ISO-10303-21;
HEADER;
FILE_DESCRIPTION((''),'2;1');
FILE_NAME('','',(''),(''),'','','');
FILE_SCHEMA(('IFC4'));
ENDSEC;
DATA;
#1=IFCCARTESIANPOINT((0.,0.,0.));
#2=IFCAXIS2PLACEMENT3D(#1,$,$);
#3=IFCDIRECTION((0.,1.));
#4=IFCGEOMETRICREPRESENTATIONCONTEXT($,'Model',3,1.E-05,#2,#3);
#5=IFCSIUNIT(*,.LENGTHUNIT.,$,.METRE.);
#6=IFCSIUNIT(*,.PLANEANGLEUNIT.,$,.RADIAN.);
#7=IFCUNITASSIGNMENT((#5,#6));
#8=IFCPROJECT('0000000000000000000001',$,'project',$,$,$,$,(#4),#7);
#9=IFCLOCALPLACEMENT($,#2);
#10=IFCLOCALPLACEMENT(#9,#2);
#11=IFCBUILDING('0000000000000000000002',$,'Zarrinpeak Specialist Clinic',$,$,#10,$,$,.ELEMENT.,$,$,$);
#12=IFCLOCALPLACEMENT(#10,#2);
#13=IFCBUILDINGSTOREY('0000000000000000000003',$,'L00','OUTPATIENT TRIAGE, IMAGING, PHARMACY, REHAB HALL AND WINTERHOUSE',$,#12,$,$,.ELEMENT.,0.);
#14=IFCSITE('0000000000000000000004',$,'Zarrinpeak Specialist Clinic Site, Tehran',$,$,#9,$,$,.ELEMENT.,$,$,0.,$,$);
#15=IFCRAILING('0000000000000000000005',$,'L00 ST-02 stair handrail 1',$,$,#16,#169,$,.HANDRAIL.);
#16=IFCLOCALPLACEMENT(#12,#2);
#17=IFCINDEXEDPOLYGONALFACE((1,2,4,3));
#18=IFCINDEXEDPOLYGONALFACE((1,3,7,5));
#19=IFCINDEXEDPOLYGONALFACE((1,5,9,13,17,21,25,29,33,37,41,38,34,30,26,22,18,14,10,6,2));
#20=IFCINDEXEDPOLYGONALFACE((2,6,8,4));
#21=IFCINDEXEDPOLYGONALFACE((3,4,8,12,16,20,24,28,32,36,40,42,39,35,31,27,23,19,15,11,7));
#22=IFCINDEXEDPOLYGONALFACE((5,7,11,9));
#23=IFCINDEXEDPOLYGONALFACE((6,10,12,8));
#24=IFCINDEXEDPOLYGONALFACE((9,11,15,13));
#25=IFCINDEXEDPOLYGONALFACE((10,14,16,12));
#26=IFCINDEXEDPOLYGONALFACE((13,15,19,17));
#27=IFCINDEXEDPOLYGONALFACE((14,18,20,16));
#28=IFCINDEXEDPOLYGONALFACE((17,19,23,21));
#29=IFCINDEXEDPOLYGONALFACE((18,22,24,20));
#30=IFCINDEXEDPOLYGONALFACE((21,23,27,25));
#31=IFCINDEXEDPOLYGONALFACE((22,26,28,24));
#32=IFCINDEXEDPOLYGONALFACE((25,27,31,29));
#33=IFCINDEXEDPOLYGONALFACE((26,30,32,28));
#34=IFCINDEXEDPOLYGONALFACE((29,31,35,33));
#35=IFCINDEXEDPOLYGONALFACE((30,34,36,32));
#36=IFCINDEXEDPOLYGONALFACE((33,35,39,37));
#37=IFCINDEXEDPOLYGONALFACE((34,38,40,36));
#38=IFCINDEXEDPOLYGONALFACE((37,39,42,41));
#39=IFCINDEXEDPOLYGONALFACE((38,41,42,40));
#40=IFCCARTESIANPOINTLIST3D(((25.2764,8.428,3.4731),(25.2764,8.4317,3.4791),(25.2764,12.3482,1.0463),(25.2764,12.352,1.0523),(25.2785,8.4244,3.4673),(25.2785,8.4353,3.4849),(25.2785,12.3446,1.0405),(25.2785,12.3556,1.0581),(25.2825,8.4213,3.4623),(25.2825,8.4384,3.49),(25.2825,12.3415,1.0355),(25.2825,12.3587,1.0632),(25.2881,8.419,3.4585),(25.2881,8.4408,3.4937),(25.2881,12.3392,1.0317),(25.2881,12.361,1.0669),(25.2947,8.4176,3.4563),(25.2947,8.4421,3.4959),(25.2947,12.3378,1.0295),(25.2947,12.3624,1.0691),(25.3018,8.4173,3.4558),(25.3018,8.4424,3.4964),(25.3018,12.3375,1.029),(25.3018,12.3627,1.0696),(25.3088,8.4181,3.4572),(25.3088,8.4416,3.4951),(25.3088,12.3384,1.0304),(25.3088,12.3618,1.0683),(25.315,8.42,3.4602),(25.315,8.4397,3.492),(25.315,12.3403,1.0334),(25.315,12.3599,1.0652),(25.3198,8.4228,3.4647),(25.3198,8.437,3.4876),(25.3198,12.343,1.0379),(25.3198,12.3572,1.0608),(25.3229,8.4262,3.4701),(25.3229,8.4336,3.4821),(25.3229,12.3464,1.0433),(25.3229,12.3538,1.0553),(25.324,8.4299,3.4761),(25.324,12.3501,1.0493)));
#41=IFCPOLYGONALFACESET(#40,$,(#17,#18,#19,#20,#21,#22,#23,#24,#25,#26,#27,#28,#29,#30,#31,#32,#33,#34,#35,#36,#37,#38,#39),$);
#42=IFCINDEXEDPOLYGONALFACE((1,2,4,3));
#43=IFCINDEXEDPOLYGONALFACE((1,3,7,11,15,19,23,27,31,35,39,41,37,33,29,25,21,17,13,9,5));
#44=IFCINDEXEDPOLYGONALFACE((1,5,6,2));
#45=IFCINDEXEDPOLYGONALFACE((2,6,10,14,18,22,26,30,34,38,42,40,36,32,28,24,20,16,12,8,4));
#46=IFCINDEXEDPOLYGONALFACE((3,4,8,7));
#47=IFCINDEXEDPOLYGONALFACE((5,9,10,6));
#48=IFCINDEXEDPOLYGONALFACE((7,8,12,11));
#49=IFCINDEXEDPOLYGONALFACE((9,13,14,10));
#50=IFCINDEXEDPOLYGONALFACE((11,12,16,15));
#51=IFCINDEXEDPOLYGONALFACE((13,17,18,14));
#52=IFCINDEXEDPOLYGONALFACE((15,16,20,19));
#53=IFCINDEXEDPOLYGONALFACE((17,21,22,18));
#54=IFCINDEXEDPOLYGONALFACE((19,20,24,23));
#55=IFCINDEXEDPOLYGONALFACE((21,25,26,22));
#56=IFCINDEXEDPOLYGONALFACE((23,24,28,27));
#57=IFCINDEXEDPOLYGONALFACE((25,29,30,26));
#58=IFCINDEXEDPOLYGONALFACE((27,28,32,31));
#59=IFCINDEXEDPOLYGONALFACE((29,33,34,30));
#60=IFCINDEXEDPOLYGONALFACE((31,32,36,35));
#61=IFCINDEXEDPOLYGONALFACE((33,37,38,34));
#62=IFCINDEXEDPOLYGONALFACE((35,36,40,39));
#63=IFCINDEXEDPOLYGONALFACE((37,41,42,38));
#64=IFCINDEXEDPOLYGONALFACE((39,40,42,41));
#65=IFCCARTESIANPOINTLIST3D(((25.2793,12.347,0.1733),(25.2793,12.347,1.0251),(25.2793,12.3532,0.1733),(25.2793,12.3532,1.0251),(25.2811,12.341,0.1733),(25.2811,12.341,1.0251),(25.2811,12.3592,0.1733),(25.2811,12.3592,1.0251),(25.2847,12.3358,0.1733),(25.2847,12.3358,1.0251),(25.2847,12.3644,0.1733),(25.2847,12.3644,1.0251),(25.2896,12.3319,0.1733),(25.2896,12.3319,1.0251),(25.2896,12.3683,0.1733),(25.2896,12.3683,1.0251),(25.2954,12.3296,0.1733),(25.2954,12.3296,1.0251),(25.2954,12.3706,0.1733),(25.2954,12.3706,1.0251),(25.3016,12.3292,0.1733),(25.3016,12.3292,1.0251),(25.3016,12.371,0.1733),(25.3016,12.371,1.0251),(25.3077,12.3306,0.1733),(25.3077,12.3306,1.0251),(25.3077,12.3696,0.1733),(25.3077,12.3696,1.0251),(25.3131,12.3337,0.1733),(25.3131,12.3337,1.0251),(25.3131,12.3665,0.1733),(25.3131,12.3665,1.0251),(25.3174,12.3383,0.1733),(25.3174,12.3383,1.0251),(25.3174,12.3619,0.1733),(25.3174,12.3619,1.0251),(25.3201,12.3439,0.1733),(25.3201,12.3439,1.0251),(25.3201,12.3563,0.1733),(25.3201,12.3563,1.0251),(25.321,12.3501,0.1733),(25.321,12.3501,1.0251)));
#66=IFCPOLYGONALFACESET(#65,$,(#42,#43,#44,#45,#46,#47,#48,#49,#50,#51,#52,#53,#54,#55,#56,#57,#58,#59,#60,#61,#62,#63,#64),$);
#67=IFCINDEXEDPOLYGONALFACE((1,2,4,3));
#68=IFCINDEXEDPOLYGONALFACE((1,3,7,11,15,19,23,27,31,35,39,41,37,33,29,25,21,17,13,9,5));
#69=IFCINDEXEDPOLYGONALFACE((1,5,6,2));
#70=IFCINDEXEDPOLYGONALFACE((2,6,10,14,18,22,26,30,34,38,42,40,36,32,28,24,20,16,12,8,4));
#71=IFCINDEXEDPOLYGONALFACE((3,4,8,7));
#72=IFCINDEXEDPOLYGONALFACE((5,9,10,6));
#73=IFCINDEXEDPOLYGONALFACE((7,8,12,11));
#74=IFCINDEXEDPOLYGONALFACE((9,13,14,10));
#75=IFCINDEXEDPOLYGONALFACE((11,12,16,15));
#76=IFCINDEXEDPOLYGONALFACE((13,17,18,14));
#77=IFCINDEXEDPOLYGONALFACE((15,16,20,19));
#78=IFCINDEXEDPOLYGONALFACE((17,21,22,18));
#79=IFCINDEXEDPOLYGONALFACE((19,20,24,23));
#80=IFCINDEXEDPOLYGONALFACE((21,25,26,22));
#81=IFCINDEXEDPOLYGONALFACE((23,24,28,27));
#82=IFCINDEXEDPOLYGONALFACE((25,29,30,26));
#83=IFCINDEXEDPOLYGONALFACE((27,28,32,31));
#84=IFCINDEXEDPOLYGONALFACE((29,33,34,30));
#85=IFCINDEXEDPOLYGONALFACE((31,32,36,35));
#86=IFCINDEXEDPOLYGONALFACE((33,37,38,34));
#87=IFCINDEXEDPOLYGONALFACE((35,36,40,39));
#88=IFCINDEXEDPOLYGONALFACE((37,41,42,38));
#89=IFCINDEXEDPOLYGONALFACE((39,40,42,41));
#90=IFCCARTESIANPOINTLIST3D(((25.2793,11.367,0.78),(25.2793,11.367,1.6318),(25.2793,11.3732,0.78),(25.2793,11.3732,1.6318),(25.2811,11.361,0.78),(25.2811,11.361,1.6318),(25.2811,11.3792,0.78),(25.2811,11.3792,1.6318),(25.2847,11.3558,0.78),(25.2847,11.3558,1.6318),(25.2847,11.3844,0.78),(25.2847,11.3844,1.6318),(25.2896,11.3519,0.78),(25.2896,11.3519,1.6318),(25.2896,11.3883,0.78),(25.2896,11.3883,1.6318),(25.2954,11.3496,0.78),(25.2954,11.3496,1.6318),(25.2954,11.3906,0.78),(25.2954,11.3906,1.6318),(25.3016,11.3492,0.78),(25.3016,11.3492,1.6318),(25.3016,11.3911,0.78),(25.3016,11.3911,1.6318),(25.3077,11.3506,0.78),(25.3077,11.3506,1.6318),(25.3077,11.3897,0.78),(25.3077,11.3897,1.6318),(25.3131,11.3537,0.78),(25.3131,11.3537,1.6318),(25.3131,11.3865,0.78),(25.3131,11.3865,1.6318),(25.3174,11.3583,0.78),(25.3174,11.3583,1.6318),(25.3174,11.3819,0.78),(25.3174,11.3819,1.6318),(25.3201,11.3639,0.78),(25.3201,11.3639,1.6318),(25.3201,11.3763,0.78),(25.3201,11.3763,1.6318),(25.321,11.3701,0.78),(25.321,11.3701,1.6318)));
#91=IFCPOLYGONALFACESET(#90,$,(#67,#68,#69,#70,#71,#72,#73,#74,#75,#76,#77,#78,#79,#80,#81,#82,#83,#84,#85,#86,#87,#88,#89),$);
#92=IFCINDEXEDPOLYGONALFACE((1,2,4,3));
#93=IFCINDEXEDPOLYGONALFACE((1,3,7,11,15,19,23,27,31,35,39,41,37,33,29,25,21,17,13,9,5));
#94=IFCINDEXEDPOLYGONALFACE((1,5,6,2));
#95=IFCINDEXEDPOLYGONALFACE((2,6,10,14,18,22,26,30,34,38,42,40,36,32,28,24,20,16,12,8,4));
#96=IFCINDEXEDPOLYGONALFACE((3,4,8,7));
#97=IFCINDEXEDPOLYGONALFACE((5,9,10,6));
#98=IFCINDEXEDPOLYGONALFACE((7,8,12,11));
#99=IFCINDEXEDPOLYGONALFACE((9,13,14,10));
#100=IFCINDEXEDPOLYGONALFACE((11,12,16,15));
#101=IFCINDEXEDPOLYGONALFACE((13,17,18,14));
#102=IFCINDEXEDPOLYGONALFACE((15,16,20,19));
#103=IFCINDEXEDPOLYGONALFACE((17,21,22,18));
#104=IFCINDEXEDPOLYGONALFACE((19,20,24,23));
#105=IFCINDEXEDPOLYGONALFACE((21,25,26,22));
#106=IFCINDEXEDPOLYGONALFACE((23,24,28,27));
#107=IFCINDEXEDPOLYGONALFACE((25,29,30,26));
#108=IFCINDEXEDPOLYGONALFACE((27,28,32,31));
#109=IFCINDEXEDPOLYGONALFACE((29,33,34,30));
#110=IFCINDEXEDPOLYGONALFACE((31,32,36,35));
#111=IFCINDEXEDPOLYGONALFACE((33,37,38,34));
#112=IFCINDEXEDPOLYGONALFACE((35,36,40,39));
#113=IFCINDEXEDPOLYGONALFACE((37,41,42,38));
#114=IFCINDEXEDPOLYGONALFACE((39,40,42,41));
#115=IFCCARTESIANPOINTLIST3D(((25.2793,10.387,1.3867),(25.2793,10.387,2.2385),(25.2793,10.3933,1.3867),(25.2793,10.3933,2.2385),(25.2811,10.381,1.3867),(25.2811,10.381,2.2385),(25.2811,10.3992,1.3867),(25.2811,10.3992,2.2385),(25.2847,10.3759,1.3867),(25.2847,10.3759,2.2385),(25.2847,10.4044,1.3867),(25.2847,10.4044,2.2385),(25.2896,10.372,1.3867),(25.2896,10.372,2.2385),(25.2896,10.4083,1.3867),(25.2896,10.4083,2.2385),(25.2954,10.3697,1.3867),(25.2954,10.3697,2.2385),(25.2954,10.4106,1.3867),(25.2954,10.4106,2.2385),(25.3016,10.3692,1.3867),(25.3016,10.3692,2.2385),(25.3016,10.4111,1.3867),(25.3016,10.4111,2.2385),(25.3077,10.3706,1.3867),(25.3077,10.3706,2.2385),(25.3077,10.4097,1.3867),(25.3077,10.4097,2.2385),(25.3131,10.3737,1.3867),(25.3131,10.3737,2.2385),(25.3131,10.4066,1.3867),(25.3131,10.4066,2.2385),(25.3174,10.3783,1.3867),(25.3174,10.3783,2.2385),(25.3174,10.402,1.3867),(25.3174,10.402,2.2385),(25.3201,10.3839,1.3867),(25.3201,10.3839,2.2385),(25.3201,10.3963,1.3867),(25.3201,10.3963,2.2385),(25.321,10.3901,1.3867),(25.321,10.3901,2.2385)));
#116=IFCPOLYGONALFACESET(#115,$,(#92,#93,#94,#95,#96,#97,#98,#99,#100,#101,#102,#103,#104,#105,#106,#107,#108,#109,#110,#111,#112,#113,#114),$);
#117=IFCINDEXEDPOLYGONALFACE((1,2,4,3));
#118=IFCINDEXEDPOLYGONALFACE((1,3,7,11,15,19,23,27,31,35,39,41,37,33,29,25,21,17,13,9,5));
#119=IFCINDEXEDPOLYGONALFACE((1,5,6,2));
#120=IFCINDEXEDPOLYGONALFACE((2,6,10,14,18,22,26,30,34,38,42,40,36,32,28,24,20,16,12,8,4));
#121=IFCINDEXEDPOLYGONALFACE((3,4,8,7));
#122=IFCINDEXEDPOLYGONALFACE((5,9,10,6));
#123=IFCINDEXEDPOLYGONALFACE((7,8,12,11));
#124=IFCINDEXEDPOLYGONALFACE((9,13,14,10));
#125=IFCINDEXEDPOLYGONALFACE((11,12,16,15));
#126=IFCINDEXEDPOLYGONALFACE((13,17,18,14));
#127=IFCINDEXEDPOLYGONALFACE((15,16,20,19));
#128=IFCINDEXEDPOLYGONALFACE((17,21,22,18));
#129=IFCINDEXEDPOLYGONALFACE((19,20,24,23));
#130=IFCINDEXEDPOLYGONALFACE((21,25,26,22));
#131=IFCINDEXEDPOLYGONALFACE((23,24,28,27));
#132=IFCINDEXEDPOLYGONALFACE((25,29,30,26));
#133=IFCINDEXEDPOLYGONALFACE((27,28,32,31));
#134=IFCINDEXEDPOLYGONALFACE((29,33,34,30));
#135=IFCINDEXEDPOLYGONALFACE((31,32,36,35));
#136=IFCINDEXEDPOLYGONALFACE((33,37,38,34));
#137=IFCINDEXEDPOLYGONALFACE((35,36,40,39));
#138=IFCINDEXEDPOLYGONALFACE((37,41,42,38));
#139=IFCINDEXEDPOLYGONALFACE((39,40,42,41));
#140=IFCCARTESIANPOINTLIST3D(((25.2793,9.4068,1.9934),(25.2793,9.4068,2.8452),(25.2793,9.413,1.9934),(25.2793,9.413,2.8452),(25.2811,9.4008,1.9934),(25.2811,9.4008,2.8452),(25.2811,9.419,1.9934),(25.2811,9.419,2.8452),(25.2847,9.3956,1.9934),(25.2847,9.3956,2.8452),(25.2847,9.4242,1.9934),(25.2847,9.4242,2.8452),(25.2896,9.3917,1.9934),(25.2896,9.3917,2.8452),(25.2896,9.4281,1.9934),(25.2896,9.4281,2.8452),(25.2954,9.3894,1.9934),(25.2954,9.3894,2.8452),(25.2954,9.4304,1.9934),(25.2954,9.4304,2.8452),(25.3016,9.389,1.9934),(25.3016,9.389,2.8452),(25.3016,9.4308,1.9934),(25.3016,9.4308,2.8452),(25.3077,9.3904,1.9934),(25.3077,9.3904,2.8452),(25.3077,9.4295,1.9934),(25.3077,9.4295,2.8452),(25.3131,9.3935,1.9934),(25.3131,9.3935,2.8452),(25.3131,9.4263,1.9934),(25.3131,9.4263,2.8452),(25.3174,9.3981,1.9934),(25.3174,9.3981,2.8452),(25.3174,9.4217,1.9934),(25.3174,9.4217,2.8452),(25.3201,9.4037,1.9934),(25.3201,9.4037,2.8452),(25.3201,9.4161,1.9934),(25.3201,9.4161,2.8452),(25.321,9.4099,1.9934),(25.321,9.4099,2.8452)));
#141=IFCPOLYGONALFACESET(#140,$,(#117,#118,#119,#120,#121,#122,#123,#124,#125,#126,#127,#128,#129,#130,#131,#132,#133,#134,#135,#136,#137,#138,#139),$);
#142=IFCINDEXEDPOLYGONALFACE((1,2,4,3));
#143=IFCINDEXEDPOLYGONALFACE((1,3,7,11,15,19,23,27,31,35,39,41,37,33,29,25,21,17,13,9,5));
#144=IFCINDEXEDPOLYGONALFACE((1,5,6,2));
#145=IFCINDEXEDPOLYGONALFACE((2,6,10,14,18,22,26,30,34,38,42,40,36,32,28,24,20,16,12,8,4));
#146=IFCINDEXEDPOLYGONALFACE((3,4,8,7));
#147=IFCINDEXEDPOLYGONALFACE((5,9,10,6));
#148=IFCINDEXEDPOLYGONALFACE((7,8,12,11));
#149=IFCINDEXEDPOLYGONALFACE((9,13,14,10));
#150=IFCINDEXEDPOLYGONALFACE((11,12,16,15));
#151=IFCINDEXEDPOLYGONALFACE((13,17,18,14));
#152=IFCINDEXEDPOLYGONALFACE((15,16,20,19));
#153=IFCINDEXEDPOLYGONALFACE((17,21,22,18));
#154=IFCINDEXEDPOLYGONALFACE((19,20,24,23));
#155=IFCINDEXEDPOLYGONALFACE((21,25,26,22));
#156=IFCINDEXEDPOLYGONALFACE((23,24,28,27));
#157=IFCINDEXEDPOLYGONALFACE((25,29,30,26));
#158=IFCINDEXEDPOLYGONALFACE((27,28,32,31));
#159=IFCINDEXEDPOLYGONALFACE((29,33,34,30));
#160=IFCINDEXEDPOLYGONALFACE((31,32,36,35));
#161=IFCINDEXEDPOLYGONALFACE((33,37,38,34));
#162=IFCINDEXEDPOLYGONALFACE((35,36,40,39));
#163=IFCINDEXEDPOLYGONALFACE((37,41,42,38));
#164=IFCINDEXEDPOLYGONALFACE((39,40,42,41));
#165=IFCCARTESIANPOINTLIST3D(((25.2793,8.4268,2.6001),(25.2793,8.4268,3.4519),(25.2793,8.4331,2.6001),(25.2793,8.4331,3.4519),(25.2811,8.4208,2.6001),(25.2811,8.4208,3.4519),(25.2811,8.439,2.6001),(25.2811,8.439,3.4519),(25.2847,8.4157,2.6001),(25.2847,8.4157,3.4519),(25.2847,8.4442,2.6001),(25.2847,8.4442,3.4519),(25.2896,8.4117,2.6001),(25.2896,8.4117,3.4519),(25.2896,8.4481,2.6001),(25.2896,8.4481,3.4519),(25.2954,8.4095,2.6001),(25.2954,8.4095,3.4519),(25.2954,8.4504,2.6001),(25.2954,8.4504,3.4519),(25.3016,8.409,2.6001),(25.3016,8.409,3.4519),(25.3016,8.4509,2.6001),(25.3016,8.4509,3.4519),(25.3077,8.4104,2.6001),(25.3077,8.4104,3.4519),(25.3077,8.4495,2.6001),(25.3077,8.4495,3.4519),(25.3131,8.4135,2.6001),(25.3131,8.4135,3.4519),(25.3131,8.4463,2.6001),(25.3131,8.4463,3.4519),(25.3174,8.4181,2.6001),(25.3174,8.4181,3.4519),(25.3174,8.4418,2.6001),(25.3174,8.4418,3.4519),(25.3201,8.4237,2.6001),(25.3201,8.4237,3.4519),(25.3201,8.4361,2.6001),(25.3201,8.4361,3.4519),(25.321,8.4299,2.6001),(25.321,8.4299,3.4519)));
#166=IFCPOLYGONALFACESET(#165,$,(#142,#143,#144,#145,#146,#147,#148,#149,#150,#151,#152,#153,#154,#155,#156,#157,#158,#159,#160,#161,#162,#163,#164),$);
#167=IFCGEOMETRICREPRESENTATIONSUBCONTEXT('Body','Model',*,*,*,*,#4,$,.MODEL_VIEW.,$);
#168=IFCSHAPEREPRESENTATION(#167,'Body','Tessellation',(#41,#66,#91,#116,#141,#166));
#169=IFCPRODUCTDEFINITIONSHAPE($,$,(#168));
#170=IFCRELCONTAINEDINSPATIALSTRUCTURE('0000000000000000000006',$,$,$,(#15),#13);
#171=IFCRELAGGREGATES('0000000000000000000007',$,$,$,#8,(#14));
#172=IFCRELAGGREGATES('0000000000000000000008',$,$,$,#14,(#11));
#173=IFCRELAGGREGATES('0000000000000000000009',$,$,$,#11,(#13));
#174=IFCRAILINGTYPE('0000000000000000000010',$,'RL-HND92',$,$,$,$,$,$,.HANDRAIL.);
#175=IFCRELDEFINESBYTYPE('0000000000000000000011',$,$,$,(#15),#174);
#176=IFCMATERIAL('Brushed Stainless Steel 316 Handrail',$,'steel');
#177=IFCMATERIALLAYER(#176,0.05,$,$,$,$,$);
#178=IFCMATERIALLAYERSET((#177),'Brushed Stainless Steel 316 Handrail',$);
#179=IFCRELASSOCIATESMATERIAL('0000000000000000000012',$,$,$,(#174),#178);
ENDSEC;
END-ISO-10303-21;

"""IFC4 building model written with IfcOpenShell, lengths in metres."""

from ifc_helpers import new_model, si_unit, direction, frame, origin, origin_2d, place, context, subcontext, project, spatial, circle, extrude, material, layer, layer_set, type_object, element, save


model = new_model("IFC4")

# Units and contexts
model_context = context("Model", 3, precision=1e-05, world=origin(), true_north=direction((0.0, 1.0)))
body_context = subcontext(model_context, "Body", "Model", "MODEL_VIEW")
ifc_project = project(units=[si_unit("LENGTHUNIT", "METRE"), si_unit("PLANEANGLEUNIT", "RADIAN")], contexts=[model_context])

# Site, building, storey
site_placement = place(None, origin())
site = spatial("IfcSite", under=ifc_project, at=site_placement, Name="Zarrinpeak Specialist Clinic Site, Tehran", CompositionType="ELEMENT", RefElevation=0.0)
building_placement = place(site_placement, origin())
building = spatial("IfcBuilding", under=site, at=building_placement, Name="Zarrinpeak Specialist Clinic", CompositionType="ELEMENT")
storey_placement = place(building_placement, origin())
storey = spatial("IfcBuildingStorey", under=building, at=storey_placement, Name="L00", Description="OUTPATIENT TRIAGE, IMAGING, PHARMACY, REHAB HALL AND WINTERHOUSE", CompositionType="ELEMENT", Elevation=0.0)

# Railing
ifc_material_1 = material(Name="Brushed Stainless Steel 316 Handrail", Category="steel")
ifc_layer_1 = layer(ifc_material_1, 0.05)
ifc_layer_set_1 = layer_set([ifc_layer_1], Name="Brushed Stainless Steel 316 Handrail")
railing_type_1 = type_object("IfcRailingType", Name="RL-HND92", PredefinedType="HANDRAIL", material=ifc_layer_set_1)
railing_1_placement = place(storey_placement, frame((25.3, 12.3501, 0.1733)))
element("IfcRailing", 1, at=railing_1_placement, inside=storey, type_object=railing_type_1, Name="L00 ST-02 stair handrail 1", PredefinedType="HANDRAIL", context=body_context, shape_type="SweptSolid", body=[
    extrude(circle(Radius=0.0239, at=origin_2d()), frame((0.0, 0.0, 0.876), z_axis=(0.0, -0.850266, 0.526353), x_axis=(1.0, 0.0, 0.0)), (0.0, 0.0, 1.0), 4.6106),
    extrude(circle(Radius=0.021, at=origin_2d()), origin(), (0.0, 0.0, 1.0), 0.8518),
    extrude(circle(Radius=0.021, at=origin_2d()), frame((0.0, -0.98, 0.6067)), (0.0, 0.0, 1.0), 0.8518),
    extrude(circle(Radius=0.021, at=origin_2d()), frame((0.0, -1.96, 1.2134)), (0.0, 0.0, 1.0), 0.8518),
    extrude(circle(Radius=0.021, at=origin_2d()), frame((0.0, -2.9402, 1.8201)), (0.0, 0.0, 1.0), 0.8518),
    extrude(circle(Radius=0.021, at=origin_2d()), frame((0.0, -3.9202, 2.4268)), (0.0, 0.0, 1.0), 0.8518),
])

save(model, "model.ifc")
